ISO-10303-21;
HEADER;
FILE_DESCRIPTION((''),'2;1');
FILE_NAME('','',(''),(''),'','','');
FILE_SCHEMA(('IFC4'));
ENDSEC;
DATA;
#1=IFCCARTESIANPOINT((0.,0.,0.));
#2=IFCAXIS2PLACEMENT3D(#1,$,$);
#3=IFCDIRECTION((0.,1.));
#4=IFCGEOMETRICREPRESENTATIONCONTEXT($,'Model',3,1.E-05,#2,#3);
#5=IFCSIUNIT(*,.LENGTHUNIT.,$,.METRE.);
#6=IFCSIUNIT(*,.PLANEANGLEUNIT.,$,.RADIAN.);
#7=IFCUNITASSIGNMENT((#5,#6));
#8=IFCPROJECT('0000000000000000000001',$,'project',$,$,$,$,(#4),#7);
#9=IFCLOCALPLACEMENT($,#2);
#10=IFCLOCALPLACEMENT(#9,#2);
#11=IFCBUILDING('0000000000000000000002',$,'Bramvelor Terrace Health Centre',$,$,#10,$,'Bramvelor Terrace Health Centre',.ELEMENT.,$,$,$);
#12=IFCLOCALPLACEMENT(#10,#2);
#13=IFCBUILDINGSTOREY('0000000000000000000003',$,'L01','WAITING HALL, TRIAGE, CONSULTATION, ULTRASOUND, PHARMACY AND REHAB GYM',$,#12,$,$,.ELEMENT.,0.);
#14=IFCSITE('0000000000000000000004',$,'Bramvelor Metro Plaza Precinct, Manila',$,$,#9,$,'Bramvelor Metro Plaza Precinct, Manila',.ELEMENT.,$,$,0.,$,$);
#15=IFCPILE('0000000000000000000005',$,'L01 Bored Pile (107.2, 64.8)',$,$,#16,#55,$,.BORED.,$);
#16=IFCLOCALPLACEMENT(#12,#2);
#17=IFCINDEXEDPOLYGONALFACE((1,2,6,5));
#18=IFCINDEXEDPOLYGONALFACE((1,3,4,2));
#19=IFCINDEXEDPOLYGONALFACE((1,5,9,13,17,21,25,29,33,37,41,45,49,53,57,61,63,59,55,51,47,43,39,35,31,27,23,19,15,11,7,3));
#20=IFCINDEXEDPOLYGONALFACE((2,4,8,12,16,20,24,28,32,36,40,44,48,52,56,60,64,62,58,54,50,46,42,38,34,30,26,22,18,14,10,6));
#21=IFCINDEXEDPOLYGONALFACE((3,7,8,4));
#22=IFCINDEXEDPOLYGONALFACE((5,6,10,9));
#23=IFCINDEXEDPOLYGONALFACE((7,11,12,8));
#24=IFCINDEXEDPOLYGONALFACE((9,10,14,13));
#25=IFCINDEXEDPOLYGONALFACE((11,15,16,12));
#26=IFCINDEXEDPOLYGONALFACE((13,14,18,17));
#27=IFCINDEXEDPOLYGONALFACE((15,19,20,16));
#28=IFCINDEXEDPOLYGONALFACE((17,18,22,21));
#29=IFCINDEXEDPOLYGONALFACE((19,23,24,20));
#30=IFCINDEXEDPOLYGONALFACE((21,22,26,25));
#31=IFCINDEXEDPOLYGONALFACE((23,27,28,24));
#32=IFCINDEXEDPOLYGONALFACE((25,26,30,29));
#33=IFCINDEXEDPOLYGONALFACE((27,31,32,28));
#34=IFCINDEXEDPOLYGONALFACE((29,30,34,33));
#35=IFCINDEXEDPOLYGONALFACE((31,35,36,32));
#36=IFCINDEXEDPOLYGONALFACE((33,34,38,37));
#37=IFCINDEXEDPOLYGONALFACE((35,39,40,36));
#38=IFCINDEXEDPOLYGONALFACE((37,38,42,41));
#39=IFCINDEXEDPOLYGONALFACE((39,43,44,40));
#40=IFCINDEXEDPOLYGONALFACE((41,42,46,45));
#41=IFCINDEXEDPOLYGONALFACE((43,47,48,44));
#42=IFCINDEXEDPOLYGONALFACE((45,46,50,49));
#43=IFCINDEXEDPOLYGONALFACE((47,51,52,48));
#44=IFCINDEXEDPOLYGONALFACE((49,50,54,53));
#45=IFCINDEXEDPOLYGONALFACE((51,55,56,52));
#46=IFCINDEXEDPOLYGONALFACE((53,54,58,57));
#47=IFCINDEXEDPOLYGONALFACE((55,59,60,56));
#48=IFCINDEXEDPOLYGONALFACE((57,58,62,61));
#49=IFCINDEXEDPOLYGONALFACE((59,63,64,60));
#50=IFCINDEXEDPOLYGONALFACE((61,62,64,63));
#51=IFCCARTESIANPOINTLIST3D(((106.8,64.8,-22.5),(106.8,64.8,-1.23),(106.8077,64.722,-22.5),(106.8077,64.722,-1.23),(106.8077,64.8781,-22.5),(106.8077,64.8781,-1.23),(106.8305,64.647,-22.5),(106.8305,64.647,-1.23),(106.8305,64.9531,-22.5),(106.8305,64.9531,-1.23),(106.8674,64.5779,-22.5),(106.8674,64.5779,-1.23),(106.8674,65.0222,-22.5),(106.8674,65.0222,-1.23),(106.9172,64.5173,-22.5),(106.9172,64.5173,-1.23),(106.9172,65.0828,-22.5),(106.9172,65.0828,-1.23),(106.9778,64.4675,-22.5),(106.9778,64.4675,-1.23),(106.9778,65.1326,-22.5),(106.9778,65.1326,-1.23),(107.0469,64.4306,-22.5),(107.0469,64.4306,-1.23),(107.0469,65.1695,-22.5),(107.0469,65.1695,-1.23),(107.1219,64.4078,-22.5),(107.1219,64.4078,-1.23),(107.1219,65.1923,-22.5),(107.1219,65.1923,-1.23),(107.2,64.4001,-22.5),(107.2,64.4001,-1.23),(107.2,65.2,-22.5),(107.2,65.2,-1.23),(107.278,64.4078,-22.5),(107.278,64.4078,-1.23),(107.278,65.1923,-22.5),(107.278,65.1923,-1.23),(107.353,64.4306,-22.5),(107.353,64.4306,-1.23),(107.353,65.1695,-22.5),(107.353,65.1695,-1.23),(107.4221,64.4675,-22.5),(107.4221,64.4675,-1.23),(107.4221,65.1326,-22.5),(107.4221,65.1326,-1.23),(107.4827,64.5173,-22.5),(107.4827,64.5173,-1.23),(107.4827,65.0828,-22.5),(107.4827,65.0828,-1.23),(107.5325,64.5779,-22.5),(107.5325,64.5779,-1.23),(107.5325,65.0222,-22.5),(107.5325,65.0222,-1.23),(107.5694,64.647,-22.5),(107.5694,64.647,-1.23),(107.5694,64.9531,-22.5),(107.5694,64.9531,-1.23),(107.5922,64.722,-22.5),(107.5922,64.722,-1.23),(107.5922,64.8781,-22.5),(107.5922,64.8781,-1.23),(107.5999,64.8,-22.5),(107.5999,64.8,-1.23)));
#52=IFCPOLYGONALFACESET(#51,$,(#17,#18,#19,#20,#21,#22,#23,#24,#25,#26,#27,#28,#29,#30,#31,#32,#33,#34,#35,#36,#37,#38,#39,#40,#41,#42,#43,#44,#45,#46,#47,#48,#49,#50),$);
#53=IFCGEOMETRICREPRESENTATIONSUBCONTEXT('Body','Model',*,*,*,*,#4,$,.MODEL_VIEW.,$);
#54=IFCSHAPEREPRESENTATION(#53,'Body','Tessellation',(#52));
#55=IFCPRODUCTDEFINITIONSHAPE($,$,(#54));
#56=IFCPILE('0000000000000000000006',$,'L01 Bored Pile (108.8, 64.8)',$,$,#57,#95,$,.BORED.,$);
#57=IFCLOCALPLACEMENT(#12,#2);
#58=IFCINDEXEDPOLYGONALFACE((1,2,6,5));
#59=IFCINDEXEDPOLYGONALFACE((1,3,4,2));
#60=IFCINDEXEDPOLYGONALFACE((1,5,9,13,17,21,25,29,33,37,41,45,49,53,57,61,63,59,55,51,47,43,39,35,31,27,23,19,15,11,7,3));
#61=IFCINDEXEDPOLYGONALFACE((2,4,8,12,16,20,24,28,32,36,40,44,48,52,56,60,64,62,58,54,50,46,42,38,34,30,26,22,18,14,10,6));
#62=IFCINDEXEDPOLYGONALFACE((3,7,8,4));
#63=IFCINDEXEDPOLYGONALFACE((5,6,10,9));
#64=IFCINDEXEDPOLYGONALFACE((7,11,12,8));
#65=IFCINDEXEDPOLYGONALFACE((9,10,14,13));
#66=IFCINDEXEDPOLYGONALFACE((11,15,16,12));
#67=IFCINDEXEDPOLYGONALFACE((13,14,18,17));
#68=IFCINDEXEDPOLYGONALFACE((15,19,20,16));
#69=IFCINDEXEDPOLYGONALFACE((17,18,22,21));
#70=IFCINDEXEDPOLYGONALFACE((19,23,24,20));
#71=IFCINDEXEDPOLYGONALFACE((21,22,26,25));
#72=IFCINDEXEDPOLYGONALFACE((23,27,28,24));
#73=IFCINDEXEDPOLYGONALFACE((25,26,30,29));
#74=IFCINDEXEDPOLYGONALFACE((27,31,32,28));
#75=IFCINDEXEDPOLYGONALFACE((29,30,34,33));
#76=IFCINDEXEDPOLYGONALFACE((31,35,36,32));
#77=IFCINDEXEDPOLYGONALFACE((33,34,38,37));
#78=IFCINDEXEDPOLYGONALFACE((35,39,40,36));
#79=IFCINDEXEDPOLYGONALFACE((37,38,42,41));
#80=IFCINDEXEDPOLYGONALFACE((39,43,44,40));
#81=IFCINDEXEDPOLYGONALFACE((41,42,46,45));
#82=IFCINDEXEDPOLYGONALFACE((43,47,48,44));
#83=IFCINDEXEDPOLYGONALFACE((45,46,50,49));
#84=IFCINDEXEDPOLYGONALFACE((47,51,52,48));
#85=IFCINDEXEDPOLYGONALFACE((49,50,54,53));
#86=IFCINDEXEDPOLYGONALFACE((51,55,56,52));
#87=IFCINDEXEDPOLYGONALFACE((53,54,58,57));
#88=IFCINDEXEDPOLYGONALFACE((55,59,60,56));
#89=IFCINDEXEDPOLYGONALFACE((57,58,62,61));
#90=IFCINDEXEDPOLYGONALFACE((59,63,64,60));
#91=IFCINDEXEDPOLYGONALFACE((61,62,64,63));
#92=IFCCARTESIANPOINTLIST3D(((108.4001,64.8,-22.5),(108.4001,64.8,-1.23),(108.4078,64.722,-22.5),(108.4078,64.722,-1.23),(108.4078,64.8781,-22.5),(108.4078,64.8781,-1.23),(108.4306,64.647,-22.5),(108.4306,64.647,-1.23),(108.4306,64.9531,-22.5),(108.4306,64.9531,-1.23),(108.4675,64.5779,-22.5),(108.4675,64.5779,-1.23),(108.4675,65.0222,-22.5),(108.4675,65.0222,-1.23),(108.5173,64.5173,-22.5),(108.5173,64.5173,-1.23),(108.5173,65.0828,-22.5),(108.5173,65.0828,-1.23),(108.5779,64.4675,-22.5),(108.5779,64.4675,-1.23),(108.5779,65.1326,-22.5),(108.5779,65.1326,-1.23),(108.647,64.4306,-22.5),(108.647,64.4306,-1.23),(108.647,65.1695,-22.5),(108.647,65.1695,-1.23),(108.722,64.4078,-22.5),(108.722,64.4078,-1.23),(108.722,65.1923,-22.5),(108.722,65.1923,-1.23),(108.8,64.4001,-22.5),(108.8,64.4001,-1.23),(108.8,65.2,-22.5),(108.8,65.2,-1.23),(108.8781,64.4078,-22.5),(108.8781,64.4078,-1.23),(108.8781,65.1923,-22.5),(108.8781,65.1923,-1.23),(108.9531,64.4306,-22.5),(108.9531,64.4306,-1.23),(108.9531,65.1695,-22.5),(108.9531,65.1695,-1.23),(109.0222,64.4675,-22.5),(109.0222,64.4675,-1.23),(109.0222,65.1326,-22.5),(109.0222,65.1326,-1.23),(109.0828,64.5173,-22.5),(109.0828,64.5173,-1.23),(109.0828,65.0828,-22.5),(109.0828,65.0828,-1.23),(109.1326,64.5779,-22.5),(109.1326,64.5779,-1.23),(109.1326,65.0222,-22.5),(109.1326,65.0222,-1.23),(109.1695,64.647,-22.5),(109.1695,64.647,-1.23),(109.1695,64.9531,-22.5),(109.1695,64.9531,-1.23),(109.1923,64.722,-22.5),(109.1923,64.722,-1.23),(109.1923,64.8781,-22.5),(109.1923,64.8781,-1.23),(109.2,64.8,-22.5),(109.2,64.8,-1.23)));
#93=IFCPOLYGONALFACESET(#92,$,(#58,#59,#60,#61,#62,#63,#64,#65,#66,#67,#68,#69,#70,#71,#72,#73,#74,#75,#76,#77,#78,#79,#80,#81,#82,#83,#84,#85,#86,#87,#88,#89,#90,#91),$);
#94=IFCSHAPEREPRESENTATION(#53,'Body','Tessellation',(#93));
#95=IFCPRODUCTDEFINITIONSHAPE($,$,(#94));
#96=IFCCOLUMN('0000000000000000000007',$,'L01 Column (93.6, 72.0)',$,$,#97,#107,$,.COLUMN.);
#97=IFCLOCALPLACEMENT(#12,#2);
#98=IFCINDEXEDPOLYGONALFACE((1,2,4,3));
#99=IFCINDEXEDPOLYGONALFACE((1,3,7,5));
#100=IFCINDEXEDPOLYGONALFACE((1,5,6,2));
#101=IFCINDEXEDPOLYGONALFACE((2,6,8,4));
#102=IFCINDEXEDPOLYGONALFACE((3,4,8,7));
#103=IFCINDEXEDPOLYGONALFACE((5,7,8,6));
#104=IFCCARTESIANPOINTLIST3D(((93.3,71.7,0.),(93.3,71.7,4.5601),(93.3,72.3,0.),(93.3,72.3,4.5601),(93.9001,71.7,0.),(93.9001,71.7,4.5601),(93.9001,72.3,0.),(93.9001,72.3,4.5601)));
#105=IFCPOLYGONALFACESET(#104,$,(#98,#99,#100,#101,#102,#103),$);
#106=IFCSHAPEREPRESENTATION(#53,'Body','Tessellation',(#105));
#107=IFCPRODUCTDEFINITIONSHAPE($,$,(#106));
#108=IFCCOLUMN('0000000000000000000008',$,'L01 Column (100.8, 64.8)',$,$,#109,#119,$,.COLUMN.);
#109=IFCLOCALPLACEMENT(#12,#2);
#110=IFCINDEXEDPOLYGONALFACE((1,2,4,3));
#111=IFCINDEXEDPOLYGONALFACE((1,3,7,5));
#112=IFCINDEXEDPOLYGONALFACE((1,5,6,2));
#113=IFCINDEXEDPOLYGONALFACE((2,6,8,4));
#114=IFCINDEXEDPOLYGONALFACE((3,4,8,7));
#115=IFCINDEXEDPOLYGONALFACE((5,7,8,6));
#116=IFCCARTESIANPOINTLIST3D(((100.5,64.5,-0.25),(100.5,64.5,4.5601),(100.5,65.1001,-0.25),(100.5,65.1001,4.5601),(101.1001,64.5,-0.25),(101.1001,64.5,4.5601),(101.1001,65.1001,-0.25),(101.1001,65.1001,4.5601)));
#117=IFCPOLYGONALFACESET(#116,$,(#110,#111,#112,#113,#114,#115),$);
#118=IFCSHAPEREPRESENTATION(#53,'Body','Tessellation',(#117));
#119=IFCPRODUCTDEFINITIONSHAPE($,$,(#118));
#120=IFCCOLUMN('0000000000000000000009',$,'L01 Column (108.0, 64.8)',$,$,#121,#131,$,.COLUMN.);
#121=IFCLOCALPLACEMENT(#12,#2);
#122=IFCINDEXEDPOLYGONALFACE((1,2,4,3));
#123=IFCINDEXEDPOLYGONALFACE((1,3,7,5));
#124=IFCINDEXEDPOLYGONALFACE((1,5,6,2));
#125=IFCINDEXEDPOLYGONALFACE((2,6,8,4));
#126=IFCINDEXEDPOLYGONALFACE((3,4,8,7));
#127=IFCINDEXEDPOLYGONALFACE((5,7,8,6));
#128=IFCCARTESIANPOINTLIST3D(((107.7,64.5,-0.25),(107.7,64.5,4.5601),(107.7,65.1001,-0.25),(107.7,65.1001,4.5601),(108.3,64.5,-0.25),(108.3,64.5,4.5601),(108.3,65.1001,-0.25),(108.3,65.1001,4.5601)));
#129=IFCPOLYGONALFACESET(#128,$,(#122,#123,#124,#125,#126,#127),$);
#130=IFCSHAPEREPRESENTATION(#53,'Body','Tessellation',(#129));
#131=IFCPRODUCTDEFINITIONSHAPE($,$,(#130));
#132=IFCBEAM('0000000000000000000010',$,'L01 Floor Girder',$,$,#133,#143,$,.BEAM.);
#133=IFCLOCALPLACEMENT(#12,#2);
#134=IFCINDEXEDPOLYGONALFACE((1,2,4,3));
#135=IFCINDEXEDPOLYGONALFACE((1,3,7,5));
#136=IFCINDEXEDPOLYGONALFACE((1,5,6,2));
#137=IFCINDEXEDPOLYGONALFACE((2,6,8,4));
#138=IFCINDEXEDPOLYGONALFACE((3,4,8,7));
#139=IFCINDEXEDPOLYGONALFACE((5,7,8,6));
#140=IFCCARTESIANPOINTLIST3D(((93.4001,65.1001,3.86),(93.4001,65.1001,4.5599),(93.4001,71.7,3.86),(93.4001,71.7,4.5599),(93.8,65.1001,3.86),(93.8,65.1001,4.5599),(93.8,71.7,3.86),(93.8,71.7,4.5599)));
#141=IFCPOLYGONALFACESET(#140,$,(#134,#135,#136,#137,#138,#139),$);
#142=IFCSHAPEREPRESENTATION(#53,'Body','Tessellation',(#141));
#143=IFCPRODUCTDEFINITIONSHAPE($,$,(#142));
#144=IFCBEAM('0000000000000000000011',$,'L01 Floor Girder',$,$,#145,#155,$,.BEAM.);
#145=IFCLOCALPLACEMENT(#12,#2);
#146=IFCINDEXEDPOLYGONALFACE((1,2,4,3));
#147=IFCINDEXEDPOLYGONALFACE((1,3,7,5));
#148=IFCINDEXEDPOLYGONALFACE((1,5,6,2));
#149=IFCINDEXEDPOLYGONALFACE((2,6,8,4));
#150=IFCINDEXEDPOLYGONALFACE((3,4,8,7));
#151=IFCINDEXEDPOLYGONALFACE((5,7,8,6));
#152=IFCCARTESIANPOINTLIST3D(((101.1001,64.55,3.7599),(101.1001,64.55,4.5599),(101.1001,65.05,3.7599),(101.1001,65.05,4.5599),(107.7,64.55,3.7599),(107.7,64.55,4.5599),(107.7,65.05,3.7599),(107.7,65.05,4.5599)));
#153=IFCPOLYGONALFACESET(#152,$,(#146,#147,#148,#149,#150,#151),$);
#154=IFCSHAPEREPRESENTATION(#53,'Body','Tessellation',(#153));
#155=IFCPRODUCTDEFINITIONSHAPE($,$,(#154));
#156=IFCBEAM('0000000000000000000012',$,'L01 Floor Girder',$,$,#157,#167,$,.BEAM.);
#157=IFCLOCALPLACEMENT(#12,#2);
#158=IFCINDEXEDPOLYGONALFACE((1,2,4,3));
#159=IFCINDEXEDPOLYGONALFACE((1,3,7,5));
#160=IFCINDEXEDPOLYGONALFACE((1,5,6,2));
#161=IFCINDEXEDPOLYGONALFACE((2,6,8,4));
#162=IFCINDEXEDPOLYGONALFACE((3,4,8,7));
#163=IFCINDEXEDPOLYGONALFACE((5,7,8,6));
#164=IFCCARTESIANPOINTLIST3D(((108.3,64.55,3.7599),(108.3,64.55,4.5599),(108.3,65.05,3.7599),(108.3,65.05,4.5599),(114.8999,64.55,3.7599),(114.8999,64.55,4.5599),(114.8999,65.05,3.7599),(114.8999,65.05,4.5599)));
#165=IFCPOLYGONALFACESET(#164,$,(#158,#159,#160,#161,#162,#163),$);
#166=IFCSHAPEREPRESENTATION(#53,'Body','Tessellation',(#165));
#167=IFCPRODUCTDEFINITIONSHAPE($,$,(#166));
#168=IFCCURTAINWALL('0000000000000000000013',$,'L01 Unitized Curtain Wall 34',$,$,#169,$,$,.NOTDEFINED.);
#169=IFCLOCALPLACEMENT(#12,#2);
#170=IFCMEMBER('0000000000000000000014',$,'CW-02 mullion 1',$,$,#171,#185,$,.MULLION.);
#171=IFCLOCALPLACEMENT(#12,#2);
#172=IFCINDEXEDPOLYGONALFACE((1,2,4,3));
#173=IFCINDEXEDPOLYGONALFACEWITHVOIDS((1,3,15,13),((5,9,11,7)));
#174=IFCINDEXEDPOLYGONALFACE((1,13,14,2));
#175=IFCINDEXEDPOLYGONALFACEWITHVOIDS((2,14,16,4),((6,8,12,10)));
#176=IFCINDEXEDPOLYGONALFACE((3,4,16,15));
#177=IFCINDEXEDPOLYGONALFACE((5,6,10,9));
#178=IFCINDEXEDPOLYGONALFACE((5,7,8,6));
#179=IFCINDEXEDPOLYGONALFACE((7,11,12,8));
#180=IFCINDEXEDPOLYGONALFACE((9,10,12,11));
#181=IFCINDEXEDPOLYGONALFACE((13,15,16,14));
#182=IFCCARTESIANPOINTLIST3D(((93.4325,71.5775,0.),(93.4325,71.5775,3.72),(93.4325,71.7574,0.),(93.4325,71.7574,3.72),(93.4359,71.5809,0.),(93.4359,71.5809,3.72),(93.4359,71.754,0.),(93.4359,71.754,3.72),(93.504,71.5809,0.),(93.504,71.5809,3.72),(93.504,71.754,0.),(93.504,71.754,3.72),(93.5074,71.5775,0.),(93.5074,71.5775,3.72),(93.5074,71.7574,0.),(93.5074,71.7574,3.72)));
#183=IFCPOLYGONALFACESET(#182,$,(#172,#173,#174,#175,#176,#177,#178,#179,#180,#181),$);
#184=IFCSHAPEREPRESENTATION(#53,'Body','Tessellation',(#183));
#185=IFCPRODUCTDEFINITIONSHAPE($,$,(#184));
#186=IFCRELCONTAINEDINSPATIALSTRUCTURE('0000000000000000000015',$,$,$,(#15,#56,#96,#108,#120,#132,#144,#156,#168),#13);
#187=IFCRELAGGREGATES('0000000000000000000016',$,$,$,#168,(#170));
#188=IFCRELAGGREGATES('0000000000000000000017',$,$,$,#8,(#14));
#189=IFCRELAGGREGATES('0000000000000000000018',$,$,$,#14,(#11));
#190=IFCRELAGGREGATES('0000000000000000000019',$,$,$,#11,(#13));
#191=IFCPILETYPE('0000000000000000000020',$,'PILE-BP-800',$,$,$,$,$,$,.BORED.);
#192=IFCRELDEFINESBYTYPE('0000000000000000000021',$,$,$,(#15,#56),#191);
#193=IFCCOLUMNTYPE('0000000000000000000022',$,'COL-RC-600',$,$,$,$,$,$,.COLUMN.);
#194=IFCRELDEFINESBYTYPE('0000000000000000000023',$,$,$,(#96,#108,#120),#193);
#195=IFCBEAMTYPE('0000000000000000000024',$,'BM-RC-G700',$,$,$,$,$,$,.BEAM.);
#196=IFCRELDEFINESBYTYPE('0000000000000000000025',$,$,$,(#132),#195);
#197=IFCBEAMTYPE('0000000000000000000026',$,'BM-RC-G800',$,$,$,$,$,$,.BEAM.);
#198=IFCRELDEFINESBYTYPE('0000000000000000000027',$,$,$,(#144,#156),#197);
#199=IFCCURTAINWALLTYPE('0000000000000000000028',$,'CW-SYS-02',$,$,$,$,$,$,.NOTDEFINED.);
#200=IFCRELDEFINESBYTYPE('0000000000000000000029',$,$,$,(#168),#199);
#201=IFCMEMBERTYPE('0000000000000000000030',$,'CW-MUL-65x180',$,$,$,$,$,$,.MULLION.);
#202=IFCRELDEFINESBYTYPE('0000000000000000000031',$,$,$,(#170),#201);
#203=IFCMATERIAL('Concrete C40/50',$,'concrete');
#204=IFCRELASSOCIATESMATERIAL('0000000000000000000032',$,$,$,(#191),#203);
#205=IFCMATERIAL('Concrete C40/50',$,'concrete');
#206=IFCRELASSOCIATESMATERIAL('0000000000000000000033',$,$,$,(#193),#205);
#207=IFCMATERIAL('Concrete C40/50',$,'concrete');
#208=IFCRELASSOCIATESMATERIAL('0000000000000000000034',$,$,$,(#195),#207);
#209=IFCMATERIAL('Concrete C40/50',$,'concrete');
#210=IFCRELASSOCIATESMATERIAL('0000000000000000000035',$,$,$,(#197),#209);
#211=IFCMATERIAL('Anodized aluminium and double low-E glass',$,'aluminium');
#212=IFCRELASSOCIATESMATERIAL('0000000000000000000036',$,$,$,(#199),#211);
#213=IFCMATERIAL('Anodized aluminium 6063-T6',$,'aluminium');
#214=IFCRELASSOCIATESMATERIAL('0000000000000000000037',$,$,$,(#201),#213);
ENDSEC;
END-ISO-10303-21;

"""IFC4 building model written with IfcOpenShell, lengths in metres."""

from ifc_helpers import new_model, si_unit, direction, frame, origin, origin_2d, place, context, subcontext, project, spatial, rectangle, hollow_rectangle, circle, extrude, material, material_profile, profile_set, type_object, element, aggregate, save


model = new_model("IFC4")

# Units and contexts
model_context = context("Model", 3, precision=1e-05, world=origin(), true_north=direction((0.0, 1.0)))
body_context = subcontext(model_context, "Body", "Model", "MODEL_VIEW")
ifc_project = project(units=[si_unit("LENGTHUNIT", "METRE"), si_unit("PLANEANGLEUNIT", "RADIAN")], contexts=[model_context])

# Site, building, storey
site_placement = place(None, origin())
site = spatial("IfcSite", under=ifc_project, at=site_placement, Name="Bramvelor Metro Plaza Precinct, Manila", LongName="Bramvelor Metro Plaza Precinct, Manila", CompositionType="ELEMENT", RefElevation=0.0)
building_placement = place(site_placement, origin())
building = spatial("IfcBuilding", under=site, at=building_placement, Name="Bramvelor Terrace Health Centre", LongName="Bramvelor Terrace Health Centre", CompositionType="ELEMENT")
storey_placement = place(building_placement, origin())
storey = spatial("IfcBuildingStorey", under=building, at=storey_placement, Name="L01", Description="WAITING HALL, TRIAGE, CONSULTATION, ULTRASOUND, PHARMACY AND REHAB GYM", CompositionType="ELEMENT", Elevation=0.0)

# Piles
ifc_material_1 = material(Name="Concrete C40/50", Category="concrete")
ifc_material_profile_1 = material_profile(ifc_material_1, circle(Radius=0.3999, at=origin_2d()), Name="BP D800")
ifc_profile_set_1 = profile_set([ifc_material_profile_1], Name="Concrete C40/50")
pile_type = type_object("IfcPileType", Name="PILE-BP-800", PredefinedType="BORED", material=ifc_profile_set_1)
for number, where, z_axis, x_axis, name in (
    (1, (107.2, 64.8, -1.23), (0.0, 0.0, -1.0), (1.0, 0.0, 0.0), "L01 Bored Pile (107.2, 64.8)"),
    (2, (108.8, 64.8, -1.23), (0.0, 0.0, -1.0), (1.0, 0.0, 0.0), "L01 Bored Pile (108.8, 64.8)"),
):
    element("IfcPile", number, at=place(storey_placement, frame(where, z_axis=z_axis, x_axis=x_axis)), inside=storey, type_object=pile_type, Name=name, PredefinedType="BORED", context=body_context, shape_type="SweptSolid", body=[
        extrude(circle(Radius=0.3999, at=origin_2d()), origin(), (0.0, 0.0, 1.0), 21.27),
    ])

# Columns
ifc_material_2 = material(Name="Concrete C40/50", Category="concrete")
ifc_material_profile_2 = material_profile(ifc_material_2, rectangle(XDim=0.6001, YDim=0.6001, at=origin_2d()), Name="RC 600x600")
ifc_profile_set_2 = profile_set([ifc_material_profile_2], Name="Concrete C40/50")
column_type = type_object("IfcColumnType", Name="COL-RC-600", PredefinedType="COLUMN", material=ifc_profile_set_2)
column_placement = place(storey_placement, frame((93.6001, 72.0, 0.0), z_axis=(0.0, 0.0, 1.0), x_axis=(1.0, 0.0, 0.0)))
element("IfcColumn", 3, at=column_placement, inside=storey, type_object=column_type, Name="L01 Column (93.6, 72.0)", PredefinedType="COLUMN", context=body_context, shape_type="SweptSolid", body=[
    extrude(rectangle(XDim=0.6001, YDim=0.6001, at=origin_2d()), origin(), (0.0, 0.0, 1.0), 4.5601),
])
for number, where, z_axis, x_axis, name in (
    (4, (100.8, 64.8, -0.25), (0.0, 0.0, 1.0), (1.0, 0.0, 0.0), "L01 Column (100.8, 64.8)"),
    (5, (108.0, 64.8, -0.25), (0.0, 0.0, 1.0), (1.0, 0.0, 0.0), "L01 Column (108.0, 64.8)"),
):
    element("IfcColumn", number, at=place(storey_placement, frame(where, z_axis=z_axis, x_axis=x_axis)), inside=storey, type_object=column_type, Name=name, PredefinedType="COLUMN", context=body_context, shape_type="SweptSolid", body=[
        extrude(rectangle(XDim=0.6001, YDim=0.6001, at=origin_2d()), origin(), (0.0, 0.0, 1.0), 4.8101),
    ])

# Beams
ifc_material_3 = material(Name="Concrete C40/50", Category="concrete")
ifc_material_profile_3 = material_profile(ifc_material_3, rectangle(XDim=0.3999, YDim=0.7, at=origin_2d()), Name="RC 400x700")
ifc_profile_set_3 = profile_set([ifc_material_profile_3], Name="Concrete C40/50")
beam_type_1 = type_object("IfcBeamType", Name="BM-RC-G700", PredefinedType="BEAM", material=ifc_profile_set_3)
beam_placement = place(storey_placement, frame((93.6001, 65.1001, 4.21), z_axis=(0.0, 1.0, 0.0), x_axis=(-1.0, 0.0, 0.0)))
element("IfcBeam", 6, at=beam_placement, inside=storey, type_object=beam_type_1, Name="L01 Floor Girder", PredefinedType="BEAM", context=body_context, shape_type="SweptSolid", body=[
    extrude(rectangle(XDim=0.3999, YDim=0.7, at=origin_2d()), origin(), (0.0, 0.0, 1.0), 6.5999),
])
ifc_material_4 = material(Name="Concrete C40/50", Category="concrete")
ifc_material_profile_4 = material_profile(ifc_material_4, rectangle(XDim=0.5, YDim=0.8, at=origin_2d()), Name="RC 500x800")
ifc_profile_set_4 = profile_set([ifc_material_profile_4], Name="Concrete C40/50")
beam_type_2 = type_object("IfcBeamType", Name="BM-RC-G800", PredefinedType="BEAM", material=ifc_profile_set_4)
for number, where, z_axis, x_axis, name in (
    (7, (101.1001, 64.8, 4.1599), (1.0, 0.0, 0.0), (0.0, 1.0, 0.0), "L01 Floor Girder"),
    (8, (108.3, 64.8, 4.1599), (1.0, 0.0, 0.0), (0.0, 1.0, 0.0), "L01 Floor Girder"),
):
    element("IfcBeam", number, at=place(storey_placement, frame(where, z_axis=z_axis, x_axis=x_axis)), inside=storey, type_object=beam_type_2, Name=name, PredefinedType="BEAM", context=body_context, shape_type="SweptSolid", body=[
        extrude(rectangle(XDim=0.5, YDim=0.8, at=origin_2d()), origin(), (0.0, 0.0, 1.0), 6.5999),
    ])

# Curtain wall, member
ifc_material_5 = material(Name="Anodized aluminium and double low-E glass", Category="aluminium")
curtain_wall_type = type_object("IfcCurtainWallType", Name="CW-SYS-02", PredefinedType="NOTDEFINED", material=ifc_material_5)
curtain_wall_placement = place(storey_placement, origin())
curtain_wall = element("IfcCurtainWall", 9, at=curtain_wall_placement, inside=storey, type_object=curtain_wall_type, Name="L01 Unitized Curtain Wall 34", PredefinedType="NOTDEFINED")
ifc_material_6 = material(Name="Anodized aluminium 6063-T6", Category="aluminium")
ifc_material_profile_5 = material_profile(ifc_material_6, hollow_rectangle(XDim=0.075, YDim=0.1799, WallThickness=0.0034, at=origin_2d()), Name="ALU-MUL 75x180x3.5")
ifc_profile_set_5 = profile_set([ifc_material_profile_5], Name="Anodized aluminium 6063-T6")
member_type_1 = type_object("IfcMemberType", Name="CW-MUL-65x180", PredefinedType="MULLION", material=ifc_profile_set_5)
member_1_placement = place(storey_placement, frame((93.47, 71.6675, 0.0), z_axis=(0.0, 0.0, 1.0), x_axis=(1.0, 0.0, 0.0)))
member_1 = element("IfcMember", 10, at=member_1_placement, type_object=member_type_1, Name="CW-02 mullion 1", PredefinedType="MULLION", context=body_context, shape_type="SweptSolid", body=[
    extrude(hollow_rectangle(XDim=0.075, YDim=0.1799, WallThickness=0.0034, at=origin_2d()), origin(), (0.0, 0.0, 1.0), 3.72),
])
aggregate(curtain_wall, [member_1])

save(model, "model.ifc")
